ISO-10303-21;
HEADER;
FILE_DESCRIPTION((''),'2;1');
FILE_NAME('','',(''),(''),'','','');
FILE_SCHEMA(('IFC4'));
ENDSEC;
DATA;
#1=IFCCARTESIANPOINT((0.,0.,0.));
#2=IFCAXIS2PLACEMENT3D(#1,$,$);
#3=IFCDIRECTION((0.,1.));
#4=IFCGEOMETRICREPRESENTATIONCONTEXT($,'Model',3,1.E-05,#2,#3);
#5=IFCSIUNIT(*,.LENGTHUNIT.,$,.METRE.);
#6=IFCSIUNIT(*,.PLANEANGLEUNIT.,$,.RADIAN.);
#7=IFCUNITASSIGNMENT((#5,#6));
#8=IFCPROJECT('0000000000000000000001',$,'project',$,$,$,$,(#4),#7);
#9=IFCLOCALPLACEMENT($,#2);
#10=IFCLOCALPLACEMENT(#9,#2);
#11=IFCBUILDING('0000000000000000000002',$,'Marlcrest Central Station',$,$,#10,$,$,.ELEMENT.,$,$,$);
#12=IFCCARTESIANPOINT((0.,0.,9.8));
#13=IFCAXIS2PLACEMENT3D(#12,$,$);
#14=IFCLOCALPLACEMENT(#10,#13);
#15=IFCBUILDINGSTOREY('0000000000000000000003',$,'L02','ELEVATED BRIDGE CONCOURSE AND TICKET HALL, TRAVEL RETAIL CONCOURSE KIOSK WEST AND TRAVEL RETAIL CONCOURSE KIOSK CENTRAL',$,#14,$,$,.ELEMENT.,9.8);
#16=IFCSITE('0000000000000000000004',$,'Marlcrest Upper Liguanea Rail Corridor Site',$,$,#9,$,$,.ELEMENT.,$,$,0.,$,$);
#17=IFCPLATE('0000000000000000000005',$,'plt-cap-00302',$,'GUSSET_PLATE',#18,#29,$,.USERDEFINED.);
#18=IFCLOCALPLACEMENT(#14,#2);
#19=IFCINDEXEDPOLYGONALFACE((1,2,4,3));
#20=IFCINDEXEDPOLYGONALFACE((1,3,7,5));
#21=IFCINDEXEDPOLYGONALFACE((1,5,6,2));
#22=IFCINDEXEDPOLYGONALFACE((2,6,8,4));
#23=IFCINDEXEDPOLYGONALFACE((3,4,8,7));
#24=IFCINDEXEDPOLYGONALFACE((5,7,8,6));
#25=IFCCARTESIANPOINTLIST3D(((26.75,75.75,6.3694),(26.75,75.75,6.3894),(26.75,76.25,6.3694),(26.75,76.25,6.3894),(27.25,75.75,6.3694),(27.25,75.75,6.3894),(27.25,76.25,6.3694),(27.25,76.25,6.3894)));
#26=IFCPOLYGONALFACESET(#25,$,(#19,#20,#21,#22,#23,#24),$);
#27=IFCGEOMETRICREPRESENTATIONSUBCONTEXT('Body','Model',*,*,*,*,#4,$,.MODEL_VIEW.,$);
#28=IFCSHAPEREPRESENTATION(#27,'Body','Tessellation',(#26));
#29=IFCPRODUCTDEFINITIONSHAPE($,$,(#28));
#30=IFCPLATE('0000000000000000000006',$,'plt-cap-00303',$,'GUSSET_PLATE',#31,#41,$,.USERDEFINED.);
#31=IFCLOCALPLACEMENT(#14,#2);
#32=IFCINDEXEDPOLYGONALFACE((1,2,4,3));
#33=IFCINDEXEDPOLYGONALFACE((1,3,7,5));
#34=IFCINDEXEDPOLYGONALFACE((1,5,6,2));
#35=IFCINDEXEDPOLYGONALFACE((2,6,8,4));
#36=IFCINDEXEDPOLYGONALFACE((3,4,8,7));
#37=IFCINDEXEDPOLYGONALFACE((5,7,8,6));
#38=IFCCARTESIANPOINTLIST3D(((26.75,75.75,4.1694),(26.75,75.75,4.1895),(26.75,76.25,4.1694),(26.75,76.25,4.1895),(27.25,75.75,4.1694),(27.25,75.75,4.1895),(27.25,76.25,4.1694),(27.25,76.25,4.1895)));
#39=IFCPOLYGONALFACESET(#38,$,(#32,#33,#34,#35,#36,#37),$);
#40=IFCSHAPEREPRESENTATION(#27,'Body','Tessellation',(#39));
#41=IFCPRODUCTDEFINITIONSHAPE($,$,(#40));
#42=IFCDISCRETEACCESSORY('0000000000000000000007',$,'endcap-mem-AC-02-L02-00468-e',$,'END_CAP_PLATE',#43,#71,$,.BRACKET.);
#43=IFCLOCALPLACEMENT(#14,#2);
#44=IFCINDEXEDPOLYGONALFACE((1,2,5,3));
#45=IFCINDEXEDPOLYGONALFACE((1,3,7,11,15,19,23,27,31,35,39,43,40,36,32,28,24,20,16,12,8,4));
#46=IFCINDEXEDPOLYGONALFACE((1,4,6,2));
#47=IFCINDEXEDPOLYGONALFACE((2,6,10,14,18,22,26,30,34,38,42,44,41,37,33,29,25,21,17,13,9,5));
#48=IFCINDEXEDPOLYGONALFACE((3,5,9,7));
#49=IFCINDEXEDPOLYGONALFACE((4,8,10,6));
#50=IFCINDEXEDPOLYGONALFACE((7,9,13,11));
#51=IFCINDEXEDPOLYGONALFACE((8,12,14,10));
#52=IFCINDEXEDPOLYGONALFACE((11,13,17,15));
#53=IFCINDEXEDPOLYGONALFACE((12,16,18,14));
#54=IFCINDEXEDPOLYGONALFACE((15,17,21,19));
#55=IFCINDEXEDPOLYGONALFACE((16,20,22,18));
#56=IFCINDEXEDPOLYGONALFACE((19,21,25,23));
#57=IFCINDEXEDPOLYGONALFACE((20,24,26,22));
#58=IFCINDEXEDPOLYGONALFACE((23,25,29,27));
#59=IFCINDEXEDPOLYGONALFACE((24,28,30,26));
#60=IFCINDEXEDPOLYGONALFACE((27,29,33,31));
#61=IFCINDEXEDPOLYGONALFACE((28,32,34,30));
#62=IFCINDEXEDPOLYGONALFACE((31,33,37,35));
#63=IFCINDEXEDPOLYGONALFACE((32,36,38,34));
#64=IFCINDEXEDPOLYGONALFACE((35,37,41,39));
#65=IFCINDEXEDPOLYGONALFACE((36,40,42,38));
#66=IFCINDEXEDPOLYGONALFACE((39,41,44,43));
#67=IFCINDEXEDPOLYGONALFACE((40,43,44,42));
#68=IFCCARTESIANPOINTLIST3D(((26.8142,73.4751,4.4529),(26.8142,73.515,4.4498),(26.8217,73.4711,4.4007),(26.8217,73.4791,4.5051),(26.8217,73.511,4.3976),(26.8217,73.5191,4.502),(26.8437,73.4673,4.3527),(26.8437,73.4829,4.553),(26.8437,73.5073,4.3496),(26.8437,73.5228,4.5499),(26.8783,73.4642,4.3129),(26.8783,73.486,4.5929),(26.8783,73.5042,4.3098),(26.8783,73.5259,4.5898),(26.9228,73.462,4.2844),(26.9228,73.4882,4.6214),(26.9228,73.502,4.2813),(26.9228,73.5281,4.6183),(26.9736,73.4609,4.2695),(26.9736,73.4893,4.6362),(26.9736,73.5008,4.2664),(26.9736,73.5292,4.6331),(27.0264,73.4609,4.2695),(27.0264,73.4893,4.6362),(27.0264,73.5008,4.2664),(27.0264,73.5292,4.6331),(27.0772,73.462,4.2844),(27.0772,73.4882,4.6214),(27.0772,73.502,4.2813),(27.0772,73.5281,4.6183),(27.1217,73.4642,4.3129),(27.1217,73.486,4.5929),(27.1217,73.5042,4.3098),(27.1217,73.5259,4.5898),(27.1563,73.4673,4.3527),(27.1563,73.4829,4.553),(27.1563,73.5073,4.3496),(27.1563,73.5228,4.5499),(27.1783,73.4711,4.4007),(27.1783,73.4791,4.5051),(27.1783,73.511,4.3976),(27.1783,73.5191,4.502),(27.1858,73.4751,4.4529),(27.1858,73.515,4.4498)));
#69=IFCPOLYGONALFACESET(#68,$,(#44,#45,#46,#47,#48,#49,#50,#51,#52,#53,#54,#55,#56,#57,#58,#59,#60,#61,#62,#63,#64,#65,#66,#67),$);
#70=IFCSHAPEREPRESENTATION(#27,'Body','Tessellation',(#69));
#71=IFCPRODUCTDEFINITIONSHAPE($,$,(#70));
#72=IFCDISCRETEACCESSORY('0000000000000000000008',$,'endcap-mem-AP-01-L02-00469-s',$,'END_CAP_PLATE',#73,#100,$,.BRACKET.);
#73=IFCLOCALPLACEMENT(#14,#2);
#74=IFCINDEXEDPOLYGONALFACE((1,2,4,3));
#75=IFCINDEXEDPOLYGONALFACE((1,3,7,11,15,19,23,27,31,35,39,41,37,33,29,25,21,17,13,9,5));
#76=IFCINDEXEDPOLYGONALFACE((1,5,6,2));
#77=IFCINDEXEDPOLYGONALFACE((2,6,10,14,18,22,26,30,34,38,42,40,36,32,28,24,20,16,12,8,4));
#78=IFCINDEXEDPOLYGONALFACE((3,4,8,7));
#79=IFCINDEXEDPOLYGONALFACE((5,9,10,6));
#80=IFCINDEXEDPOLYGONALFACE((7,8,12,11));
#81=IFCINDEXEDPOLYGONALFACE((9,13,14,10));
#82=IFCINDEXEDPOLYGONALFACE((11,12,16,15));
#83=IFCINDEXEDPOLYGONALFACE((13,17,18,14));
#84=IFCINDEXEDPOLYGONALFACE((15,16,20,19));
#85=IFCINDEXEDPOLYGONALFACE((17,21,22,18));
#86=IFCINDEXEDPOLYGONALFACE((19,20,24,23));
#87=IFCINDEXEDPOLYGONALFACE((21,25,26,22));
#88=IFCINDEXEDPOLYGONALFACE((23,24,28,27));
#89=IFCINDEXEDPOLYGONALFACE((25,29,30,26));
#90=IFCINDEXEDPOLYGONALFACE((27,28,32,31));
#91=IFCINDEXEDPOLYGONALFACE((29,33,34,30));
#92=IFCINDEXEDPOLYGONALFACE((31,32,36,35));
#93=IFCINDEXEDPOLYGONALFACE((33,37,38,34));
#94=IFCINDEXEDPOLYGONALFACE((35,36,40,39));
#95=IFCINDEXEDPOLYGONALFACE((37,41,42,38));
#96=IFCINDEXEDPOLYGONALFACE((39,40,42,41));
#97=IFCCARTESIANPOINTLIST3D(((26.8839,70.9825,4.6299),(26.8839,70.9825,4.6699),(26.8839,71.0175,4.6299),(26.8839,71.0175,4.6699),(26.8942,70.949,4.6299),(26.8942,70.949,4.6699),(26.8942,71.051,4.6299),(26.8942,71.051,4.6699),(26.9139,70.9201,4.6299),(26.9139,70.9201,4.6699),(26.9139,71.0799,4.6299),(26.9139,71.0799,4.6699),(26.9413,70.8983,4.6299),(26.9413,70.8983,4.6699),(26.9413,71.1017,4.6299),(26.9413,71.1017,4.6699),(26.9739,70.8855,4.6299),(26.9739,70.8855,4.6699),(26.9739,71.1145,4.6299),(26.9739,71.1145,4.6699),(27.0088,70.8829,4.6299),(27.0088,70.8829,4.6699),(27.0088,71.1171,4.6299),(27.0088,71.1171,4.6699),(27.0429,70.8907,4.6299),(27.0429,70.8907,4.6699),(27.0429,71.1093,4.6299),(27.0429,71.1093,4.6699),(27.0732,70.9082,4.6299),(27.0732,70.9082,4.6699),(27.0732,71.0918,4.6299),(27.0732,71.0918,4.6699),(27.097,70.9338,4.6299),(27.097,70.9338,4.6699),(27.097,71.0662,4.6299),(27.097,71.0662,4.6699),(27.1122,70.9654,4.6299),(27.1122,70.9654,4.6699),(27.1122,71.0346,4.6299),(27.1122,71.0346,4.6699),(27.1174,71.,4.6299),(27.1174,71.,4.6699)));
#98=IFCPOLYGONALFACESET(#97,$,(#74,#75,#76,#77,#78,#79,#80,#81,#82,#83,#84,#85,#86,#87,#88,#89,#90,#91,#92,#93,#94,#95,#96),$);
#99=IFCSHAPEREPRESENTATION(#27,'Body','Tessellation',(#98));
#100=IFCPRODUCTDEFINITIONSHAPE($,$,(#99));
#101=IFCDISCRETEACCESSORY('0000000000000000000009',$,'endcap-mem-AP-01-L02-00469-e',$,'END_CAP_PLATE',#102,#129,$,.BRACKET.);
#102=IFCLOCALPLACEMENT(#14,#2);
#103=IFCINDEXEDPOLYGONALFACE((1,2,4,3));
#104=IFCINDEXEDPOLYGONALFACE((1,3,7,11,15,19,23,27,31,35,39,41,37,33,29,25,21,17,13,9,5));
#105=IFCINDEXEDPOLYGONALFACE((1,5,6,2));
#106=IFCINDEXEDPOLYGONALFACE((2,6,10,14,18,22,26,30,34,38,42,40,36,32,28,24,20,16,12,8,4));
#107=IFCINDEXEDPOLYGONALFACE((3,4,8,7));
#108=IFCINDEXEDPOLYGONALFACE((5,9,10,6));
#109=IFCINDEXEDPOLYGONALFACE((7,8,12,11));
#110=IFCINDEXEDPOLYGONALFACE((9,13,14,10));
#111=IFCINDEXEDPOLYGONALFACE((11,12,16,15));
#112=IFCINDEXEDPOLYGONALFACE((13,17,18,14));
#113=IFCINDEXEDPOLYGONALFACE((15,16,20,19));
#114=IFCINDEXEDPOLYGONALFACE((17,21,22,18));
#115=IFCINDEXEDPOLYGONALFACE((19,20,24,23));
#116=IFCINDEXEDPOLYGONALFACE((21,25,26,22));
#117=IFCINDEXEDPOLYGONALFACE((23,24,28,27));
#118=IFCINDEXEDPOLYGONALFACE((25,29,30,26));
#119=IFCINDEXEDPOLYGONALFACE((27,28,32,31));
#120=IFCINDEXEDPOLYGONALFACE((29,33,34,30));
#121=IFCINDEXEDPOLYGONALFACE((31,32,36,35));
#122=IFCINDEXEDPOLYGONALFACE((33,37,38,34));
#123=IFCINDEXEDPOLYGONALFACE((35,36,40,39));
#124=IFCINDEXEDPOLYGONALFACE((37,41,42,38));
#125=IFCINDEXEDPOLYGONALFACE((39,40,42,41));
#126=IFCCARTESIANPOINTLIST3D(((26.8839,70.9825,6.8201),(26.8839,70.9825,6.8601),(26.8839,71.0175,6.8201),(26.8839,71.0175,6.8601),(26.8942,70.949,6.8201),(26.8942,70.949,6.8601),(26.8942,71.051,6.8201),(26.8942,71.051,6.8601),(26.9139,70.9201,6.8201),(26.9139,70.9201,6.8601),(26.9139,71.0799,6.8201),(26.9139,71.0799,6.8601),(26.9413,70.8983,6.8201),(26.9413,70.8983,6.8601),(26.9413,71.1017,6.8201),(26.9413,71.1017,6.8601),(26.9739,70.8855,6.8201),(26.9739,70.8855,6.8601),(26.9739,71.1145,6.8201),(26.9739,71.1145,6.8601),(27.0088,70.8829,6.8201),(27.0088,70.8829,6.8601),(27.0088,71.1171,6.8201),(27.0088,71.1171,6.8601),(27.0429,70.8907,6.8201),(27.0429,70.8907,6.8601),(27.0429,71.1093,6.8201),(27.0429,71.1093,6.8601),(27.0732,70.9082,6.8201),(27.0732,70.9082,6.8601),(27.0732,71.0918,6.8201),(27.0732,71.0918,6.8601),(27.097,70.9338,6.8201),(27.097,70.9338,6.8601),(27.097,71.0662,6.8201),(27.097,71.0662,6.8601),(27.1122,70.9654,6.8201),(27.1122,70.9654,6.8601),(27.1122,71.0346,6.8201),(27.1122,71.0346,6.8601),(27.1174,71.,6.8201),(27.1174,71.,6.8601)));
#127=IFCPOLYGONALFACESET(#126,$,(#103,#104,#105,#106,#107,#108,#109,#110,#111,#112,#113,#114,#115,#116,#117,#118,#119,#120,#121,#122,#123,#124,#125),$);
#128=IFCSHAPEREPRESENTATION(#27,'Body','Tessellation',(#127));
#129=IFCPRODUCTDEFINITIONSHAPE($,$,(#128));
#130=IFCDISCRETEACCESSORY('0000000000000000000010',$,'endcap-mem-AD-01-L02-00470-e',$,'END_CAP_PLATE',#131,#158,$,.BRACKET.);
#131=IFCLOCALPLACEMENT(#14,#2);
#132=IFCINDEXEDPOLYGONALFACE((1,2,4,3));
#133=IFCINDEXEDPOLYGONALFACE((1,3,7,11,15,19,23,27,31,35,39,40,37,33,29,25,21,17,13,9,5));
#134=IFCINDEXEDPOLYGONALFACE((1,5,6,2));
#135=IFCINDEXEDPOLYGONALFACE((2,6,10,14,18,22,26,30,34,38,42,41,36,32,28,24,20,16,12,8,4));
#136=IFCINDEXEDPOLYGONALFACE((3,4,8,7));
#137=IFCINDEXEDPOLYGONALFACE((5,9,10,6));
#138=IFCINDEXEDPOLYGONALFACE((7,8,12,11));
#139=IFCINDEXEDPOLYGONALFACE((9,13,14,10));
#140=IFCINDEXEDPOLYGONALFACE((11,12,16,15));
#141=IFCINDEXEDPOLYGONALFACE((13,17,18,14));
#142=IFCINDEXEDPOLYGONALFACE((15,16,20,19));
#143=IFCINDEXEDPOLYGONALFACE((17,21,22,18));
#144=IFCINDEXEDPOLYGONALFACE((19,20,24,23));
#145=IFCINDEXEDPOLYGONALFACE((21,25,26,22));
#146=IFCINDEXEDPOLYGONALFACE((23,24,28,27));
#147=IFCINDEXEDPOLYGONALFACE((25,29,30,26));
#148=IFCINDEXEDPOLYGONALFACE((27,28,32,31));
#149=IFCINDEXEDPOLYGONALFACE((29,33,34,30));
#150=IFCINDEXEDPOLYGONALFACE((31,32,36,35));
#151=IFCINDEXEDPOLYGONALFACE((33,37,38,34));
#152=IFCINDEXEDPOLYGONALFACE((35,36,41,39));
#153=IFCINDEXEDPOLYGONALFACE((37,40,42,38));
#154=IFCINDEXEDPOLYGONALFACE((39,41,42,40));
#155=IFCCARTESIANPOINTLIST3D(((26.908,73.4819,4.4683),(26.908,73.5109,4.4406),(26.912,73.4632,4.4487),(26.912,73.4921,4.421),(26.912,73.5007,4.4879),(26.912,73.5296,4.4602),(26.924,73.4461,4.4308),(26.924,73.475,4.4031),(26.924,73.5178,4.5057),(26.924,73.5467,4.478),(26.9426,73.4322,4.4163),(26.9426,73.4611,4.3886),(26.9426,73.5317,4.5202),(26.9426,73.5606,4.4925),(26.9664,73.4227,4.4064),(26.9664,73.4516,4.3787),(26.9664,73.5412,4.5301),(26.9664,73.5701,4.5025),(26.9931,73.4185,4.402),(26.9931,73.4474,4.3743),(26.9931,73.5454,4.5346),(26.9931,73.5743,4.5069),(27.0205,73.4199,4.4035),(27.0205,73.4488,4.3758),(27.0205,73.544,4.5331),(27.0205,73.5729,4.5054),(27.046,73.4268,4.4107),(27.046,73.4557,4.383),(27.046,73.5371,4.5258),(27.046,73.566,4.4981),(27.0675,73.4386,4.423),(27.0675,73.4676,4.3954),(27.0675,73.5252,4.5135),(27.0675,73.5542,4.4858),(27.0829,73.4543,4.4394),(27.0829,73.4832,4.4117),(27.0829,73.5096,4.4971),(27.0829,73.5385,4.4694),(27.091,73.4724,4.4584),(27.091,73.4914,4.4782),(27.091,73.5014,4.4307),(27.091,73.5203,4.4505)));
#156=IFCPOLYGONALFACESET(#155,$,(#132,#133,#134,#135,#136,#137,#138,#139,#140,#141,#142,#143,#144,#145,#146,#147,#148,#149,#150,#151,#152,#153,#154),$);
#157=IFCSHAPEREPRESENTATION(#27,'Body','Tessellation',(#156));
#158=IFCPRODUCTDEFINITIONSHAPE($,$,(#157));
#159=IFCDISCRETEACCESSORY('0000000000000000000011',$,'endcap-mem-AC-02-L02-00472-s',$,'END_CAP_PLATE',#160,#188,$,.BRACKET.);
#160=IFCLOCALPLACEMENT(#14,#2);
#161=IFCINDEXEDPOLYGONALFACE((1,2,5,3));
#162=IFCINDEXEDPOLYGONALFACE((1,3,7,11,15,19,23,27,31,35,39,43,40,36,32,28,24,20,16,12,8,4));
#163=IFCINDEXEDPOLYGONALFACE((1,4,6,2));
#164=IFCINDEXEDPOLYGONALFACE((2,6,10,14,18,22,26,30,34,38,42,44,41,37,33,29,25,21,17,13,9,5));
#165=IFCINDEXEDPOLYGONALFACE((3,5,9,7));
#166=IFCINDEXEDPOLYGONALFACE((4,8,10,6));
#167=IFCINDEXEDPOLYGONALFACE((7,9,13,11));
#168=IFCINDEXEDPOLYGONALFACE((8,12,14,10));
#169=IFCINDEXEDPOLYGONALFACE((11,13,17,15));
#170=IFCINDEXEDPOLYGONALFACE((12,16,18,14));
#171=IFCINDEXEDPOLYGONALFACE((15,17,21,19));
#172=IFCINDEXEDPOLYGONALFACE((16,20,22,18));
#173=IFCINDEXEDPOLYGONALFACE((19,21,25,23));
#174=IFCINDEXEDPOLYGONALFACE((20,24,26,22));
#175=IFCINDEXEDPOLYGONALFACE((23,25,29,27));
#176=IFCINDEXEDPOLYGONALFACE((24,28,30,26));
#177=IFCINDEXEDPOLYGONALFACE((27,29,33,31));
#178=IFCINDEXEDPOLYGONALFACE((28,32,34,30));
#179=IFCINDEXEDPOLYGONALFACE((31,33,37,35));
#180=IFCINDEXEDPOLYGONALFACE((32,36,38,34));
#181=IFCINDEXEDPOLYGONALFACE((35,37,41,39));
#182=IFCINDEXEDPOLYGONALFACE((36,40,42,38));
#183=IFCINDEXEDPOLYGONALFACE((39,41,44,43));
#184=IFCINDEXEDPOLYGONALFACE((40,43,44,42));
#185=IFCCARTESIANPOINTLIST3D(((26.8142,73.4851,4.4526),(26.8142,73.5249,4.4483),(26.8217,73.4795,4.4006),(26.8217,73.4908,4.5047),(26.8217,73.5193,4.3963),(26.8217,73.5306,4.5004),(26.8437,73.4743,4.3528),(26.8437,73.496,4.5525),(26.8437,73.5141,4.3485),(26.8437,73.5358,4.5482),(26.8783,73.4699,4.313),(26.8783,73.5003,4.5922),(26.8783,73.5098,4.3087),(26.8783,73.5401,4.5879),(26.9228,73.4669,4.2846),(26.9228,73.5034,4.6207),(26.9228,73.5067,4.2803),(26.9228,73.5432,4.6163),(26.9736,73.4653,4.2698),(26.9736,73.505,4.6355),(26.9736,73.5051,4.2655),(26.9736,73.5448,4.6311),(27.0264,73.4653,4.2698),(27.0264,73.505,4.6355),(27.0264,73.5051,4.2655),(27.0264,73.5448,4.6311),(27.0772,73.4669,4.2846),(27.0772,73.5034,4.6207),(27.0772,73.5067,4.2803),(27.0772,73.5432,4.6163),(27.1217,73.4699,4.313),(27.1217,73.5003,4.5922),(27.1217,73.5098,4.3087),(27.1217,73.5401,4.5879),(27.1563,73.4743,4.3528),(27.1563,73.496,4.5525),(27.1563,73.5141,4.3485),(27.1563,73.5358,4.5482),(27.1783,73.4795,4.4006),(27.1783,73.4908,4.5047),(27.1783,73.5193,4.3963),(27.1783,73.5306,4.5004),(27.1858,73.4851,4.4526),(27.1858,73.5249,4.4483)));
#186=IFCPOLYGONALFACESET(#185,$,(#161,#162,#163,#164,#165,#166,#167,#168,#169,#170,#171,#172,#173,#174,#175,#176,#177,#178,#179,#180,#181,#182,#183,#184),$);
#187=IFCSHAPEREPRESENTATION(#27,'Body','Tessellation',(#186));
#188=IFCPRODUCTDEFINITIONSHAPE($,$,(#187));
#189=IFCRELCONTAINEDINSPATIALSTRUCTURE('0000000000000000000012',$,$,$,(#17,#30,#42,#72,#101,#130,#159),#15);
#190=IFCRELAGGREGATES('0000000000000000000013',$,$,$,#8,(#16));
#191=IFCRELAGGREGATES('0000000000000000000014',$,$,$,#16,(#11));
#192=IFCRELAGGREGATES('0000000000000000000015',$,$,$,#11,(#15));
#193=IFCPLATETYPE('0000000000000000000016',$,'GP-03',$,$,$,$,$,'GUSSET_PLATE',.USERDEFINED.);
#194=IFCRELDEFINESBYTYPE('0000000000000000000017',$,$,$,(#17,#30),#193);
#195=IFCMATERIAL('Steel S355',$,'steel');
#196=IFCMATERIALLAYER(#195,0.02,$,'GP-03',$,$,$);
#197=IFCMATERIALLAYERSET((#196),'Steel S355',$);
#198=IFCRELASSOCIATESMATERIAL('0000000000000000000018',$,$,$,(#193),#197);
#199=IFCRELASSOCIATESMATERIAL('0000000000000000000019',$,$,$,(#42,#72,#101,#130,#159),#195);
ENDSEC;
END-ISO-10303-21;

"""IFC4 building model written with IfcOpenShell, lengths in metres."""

from ifc_helpers import new_model, si_unit, direction, frame, origin, origin_2d, place, context, subcontext, project, spatial, rectangle, circle, extrude, material, layer, layer_set, type_object, element, save


model = new_model("IFC4")

# Units and contexts
model_context = context("Model", 3, precision=1e-05, world=origin(), true_north=direction((0.0, 1.0)))
body_context = subcontext(model_context, "Body", "Model", "MODEL_VIEW")
ifc_project = project(units=[si_unit("LENGTHUNIT", "METRE"), si_unit("PLANEANGLEUNIT", "RADIAN")], contexts=[model_context])

# Site, building, storey
site_placement = place(None, origin())
site = spatial("IfcSite", under=ifc_project, at=site_placement, Name="Marlcrest Upper Liguanea Rail Corridor Site", CompositionType="ELEMENT", RefElevation=0.0)
building_placement = place(site_placement, origin())
building = spatial("IfcBuilding", under=site, at=building_placement, Name="Marlcrest Central Station", CompositionType="ELEMENT")
storey_placement = place(building_placement, frame((0.0, 0.0, 9.8)))
storey = spatial("IfcBuildingStorey", under=building, at=storey_placement, Name="L02", Description="ELEVATED BRIDGE CONCOURSE AND TICKET HALL, TRAVEL RETAIL CONCOURSE KIOSK WEST AND TRAVEL RETAIL CONCOURSE KIOSK CENTRAL", CompositionType="ELEMENT", Elevation=9.8)

# Shared definitions
ifc_material = material(Name="Steel S355", Category="steel")

# Plates
ifc_layer = layer(ifc_material, 0.02, Name="GP-03")
ifc_layer_set = layer_set([ifc_layer], Name="Steel S355")
plate_type = type_object("IfcPlateType", Name="GP-03", ElementType="GUSSET_PLATE", PredefinedType="USERDEFINED", material=ifc_layer_set)
for number, where, z_axis, x_axis, name in (
    (1, (27.0, 76.0, 6.3694), (0.0, 0.0, 1.0), (1.0, 0.0, 0.0), "plt-cap-00302"),
    (2, (27.0, 76.0, 4.1694), (0.0, 0.0, 1.0), (1.0, 0.0, 0.0), "plt-cap-00303"),
):
    element("IfcPlate", number, at=place(storey_placement, frame(where, z_axis=z_axis, x_axis=x_axis)), inside=storey, type_object=plate_type, Name=name, ObjectType="GUSSET_PLATE", PredefinedType="USERDEFINED", context=body_context, shape_type="SweptSolid", body=[
        extrude(rectangle(XDim=0.5, YDim=0.5, at=origin_2d()), origin(), (0.0, 0.0, 1.0), 0.02),
    ])

# Discrete accessories
discrete_accessory_1_placement = place(storey_placement, frame((27.0, 73.4751, 4.4529), z_axis=(0.0, 0.997007, -0.077307), x_axis=(-1.0, 0.0, 0.0)))
element("IfcDiscreteAccessory", 3, at=discrete_accessory_1_placement, inside=storey, material=ifc_material, Name="endcap-mem-AC-02-L02-00468-e", ObjectType="END_CAP_PLATE", PredefinedType="BRACKET", context=body_context, shape_type="SweptSolid", body=[
    extrude(circle(Radius=0.1858, at=origin_2d()), origin(), (0.0, 0.0, 1.0), 0.04),
])
for number, where, z_axis, x_axis, name in (
    (4, (27.0, 71.0, 4.6299), (0.0, 0.0, 1.0), (1.0, 0.0, 0.0), "endcap-mem-AP-01-L02-00469-s"),
    (5, (27.0, 71.0, 6.8201), (0.0, 0.0, 1.0), (1.0, 0.0, 0.0), "endcap-mem-AP-01-L02-00469-e"),
):
    element("IfcDiscreteAccessory", number, at=place(storey_placement, frame(where, z_axis=z_axis, x_axis=x_axis)), inside=storey, material=ifc_material, Name=name, ObjectType="END_CAP_PLATE", PredefinedType="BRACKET", context=body_context, shape_type="SweptSolid", body=[
        extrude(circle(Radius=0.1174, at=origin_2d()), origin(), (0.0, 0.0, 1.0), 0.04),
    ])
discrete_accessory_2_placement = place(storey_placement, frame((27.0, 73.4819, 4.4683), z_axis=(0.0, 0.722247, -0.691636), x_axis=(-1.0, 0.0, 0.0)))
element("IfcDiscreteAccessory", 6, at=discrete_accessory_2_placement, inside=storey, material=ifc_material, Name="endcap-mem-AD-01-L02-00470-e", ObjectType="END_CAP_PLATE", PredefinedType="BRACKET", context=body_context, shape_type="SweptSolid", body=[
    extrude(circle(Radius=0.092, at=origin_2d()), origin(), (0.0, 0.0, 1.0), 0.04),
])
for number, where, z_axis, x_axis, name in (
    (7, (27.0, 73.4851, 4.4526), (0.0, 0.994155, -0.107959), (-1.0, 0.0, 0.0), "endcap-mem-AC-02-L02-00472-s"),
):
    element("IfcDiscreteAccessory", number, at=place(storey_placement, frame(where, z_axis=z_axis, x_axis=x_axis)), inside=storey, material=ifc_material, Name=name, ObjectType="END_CAP_PLATE", PredefinedType="BRACKET", context=body_context, shape_type="SweptSolid", body=[
        extrude(circle(Radius=0.1858, at=origin_2d()), origin(), (0.0, 0.0, 1.0), 0.04),
    ])

save(model, "model.ifc")
